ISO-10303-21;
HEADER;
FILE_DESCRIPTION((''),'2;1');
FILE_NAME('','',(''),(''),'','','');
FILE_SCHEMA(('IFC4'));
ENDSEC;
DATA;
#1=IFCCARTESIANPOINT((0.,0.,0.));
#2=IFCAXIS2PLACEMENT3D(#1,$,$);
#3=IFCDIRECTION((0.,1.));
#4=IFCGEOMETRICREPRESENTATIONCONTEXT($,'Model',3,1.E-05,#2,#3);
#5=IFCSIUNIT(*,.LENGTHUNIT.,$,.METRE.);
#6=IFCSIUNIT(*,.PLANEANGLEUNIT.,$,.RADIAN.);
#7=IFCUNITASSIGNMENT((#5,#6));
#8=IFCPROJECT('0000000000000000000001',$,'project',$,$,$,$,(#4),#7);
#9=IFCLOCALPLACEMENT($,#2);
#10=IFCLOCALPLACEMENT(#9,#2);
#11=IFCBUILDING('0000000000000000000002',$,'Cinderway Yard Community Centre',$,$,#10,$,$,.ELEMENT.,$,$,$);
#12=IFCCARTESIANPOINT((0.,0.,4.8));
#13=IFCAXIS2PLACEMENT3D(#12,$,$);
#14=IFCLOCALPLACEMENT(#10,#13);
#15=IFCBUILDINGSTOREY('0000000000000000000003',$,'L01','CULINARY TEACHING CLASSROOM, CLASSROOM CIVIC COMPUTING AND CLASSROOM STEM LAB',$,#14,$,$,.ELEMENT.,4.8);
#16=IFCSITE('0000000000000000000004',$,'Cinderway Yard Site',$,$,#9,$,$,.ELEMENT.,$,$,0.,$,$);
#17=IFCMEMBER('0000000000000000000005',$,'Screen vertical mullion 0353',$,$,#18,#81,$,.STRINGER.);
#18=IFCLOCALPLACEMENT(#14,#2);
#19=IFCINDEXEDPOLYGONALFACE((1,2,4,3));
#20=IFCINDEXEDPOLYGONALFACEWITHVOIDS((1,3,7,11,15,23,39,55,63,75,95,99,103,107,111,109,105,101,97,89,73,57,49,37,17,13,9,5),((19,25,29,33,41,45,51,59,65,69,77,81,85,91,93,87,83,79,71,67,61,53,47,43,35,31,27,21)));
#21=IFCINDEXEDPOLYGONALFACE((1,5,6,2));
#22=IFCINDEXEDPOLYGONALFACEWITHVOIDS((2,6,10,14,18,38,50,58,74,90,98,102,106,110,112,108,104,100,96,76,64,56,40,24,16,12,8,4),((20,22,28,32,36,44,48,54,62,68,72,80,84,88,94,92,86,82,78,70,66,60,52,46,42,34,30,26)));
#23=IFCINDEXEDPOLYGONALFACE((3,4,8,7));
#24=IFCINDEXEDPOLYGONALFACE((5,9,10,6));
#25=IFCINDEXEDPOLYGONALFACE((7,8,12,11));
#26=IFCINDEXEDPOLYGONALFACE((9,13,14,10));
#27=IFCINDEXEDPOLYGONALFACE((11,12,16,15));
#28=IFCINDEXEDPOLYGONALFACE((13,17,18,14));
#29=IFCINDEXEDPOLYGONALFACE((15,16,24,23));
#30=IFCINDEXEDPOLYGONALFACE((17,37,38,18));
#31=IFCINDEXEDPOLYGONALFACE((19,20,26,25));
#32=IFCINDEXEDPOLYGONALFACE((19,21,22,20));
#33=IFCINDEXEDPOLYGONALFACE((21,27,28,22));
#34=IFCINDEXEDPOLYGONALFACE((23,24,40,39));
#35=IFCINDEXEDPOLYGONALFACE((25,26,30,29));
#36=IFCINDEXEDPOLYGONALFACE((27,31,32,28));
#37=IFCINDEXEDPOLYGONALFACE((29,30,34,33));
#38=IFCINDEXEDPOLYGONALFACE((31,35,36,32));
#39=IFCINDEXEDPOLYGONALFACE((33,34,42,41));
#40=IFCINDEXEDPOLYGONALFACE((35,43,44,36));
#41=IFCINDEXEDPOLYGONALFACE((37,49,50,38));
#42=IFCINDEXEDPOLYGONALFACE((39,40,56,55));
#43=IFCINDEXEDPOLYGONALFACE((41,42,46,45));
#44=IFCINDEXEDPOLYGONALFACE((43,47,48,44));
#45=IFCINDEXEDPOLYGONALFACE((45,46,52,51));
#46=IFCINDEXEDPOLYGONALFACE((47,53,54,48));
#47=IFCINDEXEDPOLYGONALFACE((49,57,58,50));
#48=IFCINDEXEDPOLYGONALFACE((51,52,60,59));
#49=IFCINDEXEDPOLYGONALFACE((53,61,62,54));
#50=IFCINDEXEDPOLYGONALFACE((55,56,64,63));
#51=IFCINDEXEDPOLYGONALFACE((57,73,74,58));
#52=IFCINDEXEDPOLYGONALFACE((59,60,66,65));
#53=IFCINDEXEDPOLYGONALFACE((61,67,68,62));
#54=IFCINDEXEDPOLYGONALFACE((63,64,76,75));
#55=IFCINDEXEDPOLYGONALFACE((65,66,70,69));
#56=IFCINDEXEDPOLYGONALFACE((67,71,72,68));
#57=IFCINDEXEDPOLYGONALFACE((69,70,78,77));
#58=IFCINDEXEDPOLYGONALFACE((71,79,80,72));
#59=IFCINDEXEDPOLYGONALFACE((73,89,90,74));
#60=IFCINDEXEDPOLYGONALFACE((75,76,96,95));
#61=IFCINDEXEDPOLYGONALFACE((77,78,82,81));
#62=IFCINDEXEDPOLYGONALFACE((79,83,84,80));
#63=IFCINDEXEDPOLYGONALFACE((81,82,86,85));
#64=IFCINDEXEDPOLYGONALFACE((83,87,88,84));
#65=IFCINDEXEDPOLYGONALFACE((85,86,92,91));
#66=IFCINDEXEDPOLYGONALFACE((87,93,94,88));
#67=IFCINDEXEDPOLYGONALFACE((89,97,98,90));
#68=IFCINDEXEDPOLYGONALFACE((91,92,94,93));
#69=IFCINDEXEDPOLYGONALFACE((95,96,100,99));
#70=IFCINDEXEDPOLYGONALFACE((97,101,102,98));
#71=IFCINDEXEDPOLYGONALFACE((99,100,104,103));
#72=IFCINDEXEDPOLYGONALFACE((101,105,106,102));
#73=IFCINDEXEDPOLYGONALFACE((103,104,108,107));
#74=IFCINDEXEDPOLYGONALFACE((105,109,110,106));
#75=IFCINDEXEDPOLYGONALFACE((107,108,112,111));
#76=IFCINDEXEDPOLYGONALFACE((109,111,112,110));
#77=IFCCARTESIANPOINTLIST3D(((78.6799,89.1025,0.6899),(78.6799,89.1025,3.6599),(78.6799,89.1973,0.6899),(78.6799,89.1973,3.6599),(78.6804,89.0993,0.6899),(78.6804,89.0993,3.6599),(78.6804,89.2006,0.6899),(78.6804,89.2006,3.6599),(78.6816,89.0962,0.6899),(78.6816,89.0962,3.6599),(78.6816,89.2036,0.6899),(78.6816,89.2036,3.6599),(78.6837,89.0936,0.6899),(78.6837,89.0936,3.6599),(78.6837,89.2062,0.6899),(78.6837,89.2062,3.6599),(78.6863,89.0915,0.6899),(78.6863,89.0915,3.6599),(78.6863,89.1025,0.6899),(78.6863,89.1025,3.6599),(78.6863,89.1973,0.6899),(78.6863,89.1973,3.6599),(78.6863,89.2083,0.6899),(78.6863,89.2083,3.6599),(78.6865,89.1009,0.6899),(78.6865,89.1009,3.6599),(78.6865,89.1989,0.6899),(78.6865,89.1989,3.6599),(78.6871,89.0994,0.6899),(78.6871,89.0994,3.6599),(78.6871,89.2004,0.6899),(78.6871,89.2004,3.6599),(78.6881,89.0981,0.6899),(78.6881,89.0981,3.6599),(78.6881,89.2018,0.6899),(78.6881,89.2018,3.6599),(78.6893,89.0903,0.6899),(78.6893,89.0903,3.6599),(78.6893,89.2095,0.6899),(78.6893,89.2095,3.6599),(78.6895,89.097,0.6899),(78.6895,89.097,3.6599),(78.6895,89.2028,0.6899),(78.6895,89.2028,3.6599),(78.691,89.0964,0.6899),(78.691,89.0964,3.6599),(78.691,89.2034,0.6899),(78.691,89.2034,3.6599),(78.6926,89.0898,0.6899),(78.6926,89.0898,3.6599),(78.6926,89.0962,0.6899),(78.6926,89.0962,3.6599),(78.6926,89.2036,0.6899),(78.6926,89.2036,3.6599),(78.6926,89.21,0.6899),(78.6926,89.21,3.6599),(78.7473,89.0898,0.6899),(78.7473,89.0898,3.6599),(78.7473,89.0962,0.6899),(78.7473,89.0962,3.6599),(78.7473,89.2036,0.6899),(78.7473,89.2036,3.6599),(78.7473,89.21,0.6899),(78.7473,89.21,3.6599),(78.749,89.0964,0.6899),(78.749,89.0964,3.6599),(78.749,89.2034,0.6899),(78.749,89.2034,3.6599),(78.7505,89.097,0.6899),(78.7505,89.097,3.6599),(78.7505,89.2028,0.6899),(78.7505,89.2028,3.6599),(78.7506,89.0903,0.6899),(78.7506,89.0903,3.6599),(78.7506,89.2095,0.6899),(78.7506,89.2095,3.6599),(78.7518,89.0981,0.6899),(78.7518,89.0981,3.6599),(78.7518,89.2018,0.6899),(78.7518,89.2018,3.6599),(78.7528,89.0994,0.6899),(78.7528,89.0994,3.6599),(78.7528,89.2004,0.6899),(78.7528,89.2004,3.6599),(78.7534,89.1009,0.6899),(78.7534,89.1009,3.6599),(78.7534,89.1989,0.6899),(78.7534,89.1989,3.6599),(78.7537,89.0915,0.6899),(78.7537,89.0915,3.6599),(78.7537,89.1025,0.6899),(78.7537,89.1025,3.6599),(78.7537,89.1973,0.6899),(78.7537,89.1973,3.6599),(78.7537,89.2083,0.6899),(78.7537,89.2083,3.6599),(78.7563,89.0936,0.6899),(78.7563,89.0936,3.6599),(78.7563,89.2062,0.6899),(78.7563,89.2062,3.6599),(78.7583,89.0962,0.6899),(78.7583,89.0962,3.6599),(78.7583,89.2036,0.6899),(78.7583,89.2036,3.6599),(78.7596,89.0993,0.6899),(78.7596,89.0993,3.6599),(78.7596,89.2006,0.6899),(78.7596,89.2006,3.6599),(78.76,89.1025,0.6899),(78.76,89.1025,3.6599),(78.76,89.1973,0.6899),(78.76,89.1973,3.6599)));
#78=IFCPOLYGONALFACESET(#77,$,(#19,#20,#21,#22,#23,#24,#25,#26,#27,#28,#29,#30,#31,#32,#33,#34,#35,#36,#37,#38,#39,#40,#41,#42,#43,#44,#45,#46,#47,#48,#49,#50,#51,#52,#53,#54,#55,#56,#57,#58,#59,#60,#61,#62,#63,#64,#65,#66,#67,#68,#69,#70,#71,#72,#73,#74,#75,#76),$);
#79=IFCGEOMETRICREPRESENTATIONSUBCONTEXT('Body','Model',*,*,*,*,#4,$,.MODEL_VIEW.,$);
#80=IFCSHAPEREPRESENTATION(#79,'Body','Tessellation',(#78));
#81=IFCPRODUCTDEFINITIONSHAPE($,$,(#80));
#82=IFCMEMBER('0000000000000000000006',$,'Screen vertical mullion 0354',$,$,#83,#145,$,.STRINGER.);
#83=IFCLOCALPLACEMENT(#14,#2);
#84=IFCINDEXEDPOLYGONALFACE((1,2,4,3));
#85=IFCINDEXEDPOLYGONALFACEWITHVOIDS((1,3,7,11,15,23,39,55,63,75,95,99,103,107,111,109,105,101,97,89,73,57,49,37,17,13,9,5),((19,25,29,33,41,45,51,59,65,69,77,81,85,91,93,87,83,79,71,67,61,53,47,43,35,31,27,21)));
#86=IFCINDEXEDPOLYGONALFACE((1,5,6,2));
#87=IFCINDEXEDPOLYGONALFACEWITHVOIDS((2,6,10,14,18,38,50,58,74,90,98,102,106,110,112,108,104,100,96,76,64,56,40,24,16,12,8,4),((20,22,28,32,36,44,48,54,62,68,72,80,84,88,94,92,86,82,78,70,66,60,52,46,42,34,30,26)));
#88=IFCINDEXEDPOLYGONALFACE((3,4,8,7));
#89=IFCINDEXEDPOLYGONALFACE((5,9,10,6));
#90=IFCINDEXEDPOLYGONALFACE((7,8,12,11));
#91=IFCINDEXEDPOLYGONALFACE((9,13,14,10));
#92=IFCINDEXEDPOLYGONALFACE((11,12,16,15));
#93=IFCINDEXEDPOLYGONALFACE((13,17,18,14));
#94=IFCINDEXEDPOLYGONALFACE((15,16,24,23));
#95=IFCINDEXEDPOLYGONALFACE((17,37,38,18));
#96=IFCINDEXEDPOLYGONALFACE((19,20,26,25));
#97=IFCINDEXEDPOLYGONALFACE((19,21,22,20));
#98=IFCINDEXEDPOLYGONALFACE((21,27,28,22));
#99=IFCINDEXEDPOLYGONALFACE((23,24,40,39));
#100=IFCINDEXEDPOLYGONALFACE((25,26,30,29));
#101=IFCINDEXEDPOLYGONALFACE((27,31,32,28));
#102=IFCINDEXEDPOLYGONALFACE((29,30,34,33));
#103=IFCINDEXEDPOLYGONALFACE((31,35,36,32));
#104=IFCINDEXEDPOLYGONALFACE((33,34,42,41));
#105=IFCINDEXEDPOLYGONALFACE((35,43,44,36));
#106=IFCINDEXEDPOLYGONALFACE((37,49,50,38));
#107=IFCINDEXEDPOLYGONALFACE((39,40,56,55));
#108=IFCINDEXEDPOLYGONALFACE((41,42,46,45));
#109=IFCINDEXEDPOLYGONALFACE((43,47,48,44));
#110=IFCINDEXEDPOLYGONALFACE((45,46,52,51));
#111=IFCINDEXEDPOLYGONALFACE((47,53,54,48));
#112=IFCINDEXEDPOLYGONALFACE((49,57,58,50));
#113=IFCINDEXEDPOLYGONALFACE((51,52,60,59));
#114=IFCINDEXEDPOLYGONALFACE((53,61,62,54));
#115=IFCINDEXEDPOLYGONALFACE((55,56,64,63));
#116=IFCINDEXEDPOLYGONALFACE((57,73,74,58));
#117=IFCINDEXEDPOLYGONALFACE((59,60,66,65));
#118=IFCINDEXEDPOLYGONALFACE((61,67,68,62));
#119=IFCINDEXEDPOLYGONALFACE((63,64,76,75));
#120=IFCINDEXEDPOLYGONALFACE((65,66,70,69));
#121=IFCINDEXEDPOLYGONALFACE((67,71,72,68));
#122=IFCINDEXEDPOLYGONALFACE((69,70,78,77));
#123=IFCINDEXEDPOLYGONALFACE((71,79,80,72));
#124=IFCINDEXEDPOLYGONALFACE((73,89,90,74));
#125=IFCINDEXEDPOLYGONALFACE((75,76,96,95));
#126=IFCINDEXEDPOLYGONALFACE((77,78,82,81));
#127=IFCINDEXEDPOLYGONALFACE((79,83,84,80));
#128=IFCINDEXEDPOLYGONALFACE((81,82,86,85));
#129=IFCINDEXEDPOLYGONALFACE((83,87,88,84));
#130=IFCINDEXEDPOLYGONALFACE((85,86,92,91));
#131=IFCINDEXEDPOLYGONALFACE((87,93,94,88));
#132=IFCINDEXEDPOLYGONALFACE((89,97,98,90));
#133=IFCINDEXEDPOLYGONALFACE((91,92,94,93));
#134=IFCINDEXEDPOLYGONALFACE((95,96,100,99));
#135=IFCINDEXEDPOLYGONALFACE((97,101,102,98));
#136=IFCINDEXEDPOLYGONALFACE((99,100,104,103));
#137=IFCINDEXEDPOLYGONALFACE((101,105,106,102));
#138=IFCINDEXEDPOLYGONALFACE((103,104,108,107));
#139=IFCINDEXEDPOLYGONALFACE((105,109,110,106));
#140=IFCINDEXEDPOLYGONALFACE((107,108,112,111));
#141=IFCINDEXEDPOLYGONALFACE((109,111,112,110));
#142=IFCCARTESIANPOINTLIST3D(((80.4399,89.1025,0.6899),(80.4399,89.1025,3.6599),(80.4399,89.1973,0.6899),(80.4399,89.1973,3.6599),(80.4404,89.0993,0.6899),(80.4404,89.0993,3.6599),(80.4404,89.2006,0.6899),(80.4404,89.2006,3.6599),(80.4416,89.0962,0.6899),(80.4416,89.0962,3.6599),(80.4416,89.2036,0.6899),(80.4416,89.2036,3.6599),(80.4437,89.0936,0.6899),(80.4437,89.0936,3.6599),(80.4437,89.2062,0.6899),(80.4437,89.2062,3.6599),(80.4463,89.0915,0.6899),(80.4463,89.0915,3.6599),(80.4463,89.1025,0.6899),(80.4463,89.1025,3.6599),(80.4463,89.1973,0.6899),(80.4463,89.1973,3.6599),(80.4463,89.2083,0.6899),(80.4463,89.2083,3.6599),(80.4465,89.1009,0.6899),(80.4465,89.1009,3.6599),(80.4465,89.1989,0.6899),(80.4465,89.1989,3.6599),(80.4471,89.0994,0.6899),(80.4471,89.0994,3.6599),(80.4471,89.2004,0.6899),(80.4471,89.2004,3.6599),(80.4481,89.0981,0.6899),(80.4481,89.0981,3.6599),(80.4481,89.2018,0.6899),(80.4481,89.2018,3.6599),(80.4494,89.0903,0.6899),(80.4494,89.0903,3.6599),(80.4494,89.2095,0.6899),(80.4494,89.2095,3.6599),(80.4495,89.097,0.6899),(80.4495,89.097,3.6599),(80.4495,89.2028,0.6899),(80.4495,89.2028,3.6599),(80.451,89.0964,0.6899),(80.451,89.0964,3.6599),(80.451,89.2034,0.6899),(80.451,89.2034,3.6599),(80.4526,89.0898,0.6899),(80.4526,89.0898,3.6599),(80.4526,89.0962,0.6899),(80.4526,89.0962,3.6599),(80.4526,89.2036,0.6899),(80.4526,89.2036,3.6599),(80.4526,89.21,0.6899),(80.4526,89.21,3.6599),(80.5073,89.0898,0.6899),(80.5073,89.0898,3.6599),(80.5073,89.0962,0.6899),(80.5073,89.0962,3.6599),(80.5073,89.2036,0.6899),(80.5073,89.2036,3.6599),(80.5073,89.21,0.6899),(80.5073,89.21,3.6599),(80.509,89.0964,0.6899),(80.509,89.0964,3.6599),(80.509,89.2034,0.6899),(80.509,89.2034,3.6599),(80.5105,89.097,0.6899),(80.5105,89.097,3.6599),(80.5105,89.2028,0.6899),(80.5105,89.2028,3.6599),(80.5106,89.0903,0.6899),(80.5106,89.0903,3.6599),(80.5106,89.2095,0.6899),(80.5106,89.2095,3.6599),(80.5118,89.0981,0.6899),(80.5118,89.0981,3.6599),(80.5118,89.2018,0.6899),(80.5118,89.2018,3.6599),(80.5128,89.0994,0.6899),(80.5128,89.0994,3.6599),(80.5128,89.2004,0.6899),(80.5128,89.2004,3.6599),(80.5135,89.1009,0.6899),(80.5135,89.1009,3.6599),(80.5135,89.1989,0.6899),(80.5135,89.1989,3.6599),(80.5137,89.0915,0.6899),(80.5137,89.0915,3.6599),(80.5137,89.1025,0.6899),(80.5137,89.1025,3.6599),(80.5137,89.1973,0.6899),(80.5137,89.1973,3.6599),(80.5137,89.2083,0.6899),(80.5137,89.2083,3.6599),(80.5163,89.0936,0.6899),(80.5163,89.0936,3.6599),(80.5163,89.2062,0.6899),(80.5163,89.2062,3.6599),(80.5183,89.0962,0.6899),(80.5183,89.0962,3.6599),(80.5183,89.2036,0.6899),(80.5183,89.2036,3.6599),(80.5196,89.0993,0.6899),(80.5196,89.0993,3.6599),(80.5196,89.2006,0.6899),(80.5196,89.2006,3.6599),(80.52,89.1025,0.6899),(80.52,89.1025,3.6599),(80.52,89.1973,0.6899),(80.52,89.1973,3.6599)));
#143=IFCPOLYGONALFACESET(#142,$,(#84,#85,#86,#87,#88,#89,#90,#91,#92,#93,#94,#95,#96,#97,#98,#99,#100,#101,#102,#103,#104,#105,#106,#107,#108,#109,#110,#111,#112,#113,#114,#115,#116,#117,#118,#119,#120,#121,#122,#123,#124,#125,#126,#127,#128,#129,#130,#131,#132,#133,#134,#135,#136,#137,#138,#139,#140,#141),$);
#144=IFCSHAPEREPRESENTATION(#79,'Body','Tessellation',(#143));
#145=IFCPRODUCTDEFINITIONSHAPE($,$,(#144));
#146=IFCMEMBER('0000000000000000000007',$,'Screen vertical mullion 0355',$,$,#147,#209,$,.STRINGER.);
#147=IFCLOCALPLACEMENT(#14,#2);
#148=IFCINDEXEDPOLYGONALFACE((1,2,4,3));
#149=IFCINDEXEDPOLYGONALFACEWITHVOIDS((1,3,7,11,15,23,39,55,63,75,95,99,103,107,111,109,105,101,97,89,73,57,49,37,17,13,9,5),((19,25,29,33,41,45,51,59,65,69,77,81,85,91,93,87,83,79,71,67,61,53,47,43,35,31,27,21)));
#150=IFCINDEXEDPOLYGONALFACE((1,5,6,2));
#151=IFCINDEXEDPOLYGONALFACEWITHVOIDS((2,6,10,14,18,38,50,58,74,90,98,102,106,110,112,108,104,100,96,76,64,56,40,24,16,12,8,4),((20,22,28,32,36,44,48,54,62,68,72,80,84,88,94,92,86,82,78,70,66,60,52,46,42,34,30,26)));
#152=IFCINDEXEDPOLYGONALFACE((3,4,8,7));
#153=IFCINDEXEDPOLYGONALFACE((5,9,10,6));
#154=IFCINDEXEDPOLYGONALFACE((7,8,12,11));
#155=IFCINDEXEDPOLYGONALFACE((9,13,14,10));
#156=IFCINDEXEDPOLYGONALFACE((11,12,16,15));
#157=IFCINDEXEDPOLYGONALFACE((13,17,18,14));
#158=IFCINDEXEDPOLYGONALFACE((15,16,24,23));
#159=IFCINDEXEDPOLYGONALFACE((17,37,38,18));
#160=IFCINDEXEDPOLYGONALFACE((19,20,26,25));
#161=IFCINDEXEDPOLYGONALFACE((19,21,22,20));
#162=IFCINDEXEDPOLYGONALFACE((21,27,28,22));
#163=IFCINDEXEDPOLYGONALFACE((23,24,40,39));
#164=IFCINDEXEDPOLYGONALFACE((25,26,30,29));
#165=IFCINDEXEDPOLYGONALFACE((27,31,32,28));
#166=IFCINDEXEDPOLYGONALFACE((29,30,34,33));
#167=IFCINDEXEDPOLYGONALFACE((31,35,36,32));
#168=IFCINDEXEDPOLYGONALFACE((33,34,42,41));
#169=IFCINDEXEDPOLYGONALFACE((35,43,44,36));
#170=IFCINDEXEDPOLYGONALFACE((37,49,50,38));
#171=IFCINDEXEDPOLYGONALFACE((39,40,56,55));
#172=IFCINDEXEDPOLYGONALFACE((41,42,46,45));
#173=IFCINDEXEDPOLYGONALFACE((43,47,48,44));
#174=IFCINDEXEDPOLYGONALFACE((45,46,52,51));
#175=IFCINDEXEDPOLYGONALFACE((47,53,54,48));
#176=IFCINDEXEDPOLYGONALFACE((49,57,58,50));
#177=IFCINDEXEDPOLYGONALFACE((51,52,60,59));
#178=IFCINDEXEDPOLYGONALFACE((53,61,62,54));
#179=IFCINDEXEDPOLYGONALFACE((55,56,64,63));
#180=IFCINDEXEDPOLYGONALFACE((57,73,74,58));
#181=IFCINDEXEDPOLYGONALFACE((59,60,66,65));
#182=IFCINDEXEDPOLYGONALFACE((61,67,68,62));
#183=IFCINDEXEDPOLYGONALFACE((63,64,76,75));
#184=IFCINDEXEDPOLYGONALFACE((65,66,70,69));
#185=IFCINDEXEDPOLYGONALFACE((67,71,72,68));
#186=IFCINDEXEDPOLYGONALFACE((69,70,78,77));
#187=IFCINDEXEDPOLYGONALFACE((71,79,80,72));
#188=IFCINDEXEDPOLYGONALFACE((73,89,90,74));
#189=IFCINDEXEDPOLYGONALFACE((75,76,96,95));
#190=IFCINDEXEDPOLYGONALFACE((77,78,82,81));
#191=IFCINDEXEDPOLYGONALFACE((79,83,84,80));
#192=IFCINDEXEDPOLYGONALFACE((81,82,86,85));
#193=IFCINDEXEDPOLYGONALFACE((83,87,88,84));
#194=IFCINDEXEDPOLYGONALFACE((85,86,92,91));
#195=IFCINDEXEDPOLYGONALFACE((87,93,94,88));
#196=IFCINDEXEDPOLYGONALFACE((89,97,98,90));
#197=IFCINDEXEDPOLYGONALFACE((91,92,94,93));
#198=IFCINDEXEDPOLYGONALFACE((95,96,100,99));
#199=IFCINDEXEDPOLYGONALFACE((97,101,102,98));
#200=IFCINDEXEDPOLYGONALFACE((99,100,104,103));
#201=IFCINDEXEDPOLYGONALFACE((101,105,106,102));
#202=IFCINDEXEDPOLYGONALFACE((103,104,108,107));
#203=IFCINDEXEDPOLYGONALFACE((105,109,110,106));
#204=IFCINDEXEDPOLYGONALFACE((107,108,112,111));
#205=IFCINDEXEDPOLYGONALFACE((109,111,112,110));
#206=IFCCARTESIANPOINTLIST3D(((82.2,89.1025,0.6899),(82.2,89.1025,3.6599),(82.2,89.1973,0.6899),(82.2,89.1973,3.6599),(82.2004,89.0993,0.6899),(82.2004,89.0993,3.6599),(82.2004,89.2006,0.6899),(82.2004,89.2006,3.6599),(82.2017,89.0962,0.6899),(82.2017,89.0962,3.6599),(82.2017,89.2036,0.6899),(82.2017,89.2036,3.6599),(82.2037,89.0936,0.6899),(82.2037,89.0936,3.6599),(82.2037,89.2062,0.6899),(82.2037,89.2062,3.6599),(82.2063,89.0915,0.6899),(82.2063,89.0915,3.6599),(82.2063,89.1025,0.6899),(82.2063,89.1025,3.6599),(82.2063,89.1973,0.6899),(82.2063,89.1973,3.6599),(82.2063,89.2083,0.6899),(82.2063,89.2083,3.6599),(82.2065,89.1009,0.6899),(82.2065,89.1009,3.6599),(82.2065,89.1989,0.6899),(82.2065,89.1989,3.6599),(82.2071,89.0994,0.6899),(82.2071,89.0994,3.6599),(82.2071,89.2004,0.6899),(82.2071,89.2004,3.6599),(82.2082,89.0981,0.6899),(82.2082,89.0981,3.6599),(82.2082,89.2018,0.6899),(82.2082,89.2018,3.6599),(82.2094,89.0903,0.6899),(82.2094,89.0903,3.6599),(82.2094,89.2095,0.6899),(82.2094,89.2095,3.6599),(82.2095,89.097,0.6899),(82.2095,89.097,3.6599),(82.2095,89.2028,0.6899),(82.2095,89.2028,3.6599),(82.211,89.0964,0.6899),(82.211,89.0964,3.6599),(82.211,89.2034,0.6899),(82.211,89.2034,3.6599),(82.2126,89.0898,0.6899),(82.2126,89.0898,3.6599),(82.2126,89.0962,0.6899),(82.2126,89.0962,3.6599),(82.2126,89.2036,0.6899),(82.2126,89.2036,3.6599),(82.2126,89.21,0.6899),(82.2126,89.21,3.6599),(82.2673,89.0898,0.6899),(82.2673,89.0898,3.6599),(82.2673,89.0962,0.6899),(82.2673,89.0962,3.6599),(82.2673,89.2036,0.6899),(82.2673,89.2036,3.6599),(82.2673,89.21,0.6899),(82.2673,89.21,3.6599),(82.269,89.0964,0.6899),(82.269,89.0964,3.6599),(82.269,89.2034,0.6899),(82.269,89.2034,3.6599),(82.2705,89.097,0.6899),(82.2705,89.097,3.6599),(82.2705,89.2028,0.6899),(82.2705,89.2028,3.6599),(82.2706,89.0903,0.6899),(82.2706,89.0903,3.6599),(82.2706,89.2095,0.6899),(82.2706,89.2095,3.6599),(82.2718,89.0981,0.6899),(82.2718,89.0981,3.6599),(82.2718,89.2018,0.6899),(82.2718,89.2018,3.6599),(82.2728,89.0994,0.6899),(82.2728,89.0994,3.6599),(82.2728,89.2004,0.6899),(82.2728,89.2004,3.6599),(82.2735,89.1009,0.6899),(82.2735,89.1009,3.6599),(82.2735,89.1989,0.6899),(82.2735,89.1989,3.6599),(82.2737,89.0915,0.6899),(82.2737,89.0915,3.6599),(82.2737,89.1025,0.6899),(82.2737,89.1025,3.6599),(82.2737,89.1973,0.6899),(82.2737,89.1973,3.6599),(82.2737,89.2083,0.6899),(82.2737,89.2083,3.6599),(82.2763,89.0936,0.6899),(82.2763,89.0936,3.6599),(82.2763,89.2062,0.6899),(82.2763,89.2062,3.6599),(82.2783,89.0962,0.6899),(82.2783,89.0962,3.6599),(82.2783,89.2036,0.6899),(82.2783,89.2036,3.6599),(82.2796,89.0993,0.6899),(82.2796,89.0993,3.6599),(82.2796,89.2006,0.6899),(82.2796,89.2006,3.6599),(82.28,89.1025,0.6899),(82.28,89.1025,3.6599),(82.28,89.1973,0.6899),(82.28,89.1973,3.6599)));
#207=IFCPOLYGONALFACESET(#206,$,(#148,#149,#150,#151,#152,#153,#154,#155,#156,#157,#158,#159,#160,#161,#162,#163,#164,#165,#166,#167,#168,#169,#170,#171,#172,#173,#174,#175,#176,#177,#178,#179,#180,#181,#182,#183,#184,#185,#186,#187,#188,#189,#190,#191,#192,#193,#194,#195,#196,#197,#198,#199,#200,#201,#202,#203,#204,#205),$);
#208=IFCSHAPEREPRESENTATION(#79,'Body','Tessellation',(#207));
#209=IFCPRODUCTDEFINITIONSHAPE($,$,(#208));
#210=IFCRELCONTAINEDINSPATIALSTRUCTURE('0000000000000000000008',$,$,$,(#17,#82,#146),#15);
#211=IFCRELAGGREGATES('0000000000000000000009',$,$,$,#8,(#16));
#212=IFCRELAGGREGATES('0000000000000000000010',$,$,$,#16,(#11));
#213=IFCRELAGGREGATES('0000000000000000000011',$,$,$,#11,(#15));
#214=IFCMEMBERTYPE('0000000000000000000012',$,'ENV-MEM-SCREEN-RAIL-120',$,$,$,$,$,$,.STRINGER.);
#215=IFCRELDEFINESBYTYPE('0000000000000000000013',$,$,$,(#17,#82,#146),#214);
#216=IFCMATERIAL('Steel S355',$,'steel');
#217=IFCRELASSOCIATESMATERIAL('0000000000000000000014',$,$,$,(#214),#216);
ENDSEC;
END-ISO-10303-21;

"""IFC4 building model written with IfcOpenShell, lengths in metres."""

from ifc_helpers import new_model, si_unit, direction, frame, origin, origin_2d, place, context, subcontext, project, spatial, hollow_rectangle, extrude, material, material_profile, profile_set, type_object, element, save


model = new_model("IFC4")

# Units and contexts
model_context = context("Model", 3, precision=1e-05, world=origin(), true_north=direction((0.0, 1.0)))
body_context = subcontext(model_context, "Body", "Model", "MODEL_VIEW")
ifc_project = project(units=[si_unit("LENGTHUNIT", "METRE"), si_unit("PLANEANGLEUNIT", "RADIAN")], contexts=[model_context])

# Site, building, storey
site_placement = place(None, origin())
site = spatial("IfcSite", under=ifc_project, at=site_placement, Name="Cinderway Yard Site", CompositionType="ELEMENT", RefElevation=0.0)
building_placement = place(site_placement, origin())
building = spatial("IfcBuilding", under=site, at=building_placement, Name="Cinderway Yard Community Centre", CompositionType="ELEMENT")
storey_placement = place(building_placement, frame((0.0, 0.0, 4.8)))
storey = spatial("IfcBuildingStorey", under=building, at=storey_placement, Name="L01", Description="CULINARY TEACHING CLASSROOM, CLASSROOM CIVIC COMPUTING AND CLASSROOM STEM LAB", CompositionType="ELEMENT", Elevation=4.8)

# Members
ifc_material_1 = material(Name="Steel S355", Category="steel")
ifc_material_profile_1 = material_profile(ifc_material_1, hollow_rectangle(XDim=0.0801, YDim=0.1201, WallThickness=0.0063, InnerFilletRadius=0.0063, OuterFilletRadius=0.0127, at=origin_2d()), Name="Steel S355")
ifc_profile_set_1 = profile_set([ifc_material_profile_1], Name="Steel S355")
member_type_1 = type_object("IfcMemberType", Name="ENV-MEM-SCREEN-RAIL-120", PredefinedType="STRINGER", material=ifc_profile_set_1)
for number, where, z_axis, x_axis, name in (
    (1, (78.72, 89.1499, 0.6899), (0.0, 0.0, 1.0), (1.0, 0.0, 0.0), "Screen vertical mullion 0353"),
    (2, (80.48, 89.1499, 0.6899), (0.0, 0.0, 1.0), (1.0, 0.0, 0.0), "Screen vertical mullion 0354"),
    (3, (82.24, 89.1499, 0.6899), (0.0, 0.0, 1.0), (1.0, 0.0, 0.0), "Screen vertical mullion 0355"),
):
    element("IfcMember", number, at=place(storey_placement, frame(where, z_axis=z_axis, x_axis=x_axis)), inside=storey, type_object=member_type_1, Name=name, PredefinedType="STRINGER", context=body_context, shape_type="SweptSolid", body=[
        extrude(hollow_rectangle(XDim=0.0801, YDim=0.1201, WallThickness=0.0063, InnerFilletRadius=0.0063, OuterFilletRadius=0.0127, at=origin_2d()), origin(), (0.0, 0.0, 1.0), 2.97),
    ])

save(model, "model.ifc")
